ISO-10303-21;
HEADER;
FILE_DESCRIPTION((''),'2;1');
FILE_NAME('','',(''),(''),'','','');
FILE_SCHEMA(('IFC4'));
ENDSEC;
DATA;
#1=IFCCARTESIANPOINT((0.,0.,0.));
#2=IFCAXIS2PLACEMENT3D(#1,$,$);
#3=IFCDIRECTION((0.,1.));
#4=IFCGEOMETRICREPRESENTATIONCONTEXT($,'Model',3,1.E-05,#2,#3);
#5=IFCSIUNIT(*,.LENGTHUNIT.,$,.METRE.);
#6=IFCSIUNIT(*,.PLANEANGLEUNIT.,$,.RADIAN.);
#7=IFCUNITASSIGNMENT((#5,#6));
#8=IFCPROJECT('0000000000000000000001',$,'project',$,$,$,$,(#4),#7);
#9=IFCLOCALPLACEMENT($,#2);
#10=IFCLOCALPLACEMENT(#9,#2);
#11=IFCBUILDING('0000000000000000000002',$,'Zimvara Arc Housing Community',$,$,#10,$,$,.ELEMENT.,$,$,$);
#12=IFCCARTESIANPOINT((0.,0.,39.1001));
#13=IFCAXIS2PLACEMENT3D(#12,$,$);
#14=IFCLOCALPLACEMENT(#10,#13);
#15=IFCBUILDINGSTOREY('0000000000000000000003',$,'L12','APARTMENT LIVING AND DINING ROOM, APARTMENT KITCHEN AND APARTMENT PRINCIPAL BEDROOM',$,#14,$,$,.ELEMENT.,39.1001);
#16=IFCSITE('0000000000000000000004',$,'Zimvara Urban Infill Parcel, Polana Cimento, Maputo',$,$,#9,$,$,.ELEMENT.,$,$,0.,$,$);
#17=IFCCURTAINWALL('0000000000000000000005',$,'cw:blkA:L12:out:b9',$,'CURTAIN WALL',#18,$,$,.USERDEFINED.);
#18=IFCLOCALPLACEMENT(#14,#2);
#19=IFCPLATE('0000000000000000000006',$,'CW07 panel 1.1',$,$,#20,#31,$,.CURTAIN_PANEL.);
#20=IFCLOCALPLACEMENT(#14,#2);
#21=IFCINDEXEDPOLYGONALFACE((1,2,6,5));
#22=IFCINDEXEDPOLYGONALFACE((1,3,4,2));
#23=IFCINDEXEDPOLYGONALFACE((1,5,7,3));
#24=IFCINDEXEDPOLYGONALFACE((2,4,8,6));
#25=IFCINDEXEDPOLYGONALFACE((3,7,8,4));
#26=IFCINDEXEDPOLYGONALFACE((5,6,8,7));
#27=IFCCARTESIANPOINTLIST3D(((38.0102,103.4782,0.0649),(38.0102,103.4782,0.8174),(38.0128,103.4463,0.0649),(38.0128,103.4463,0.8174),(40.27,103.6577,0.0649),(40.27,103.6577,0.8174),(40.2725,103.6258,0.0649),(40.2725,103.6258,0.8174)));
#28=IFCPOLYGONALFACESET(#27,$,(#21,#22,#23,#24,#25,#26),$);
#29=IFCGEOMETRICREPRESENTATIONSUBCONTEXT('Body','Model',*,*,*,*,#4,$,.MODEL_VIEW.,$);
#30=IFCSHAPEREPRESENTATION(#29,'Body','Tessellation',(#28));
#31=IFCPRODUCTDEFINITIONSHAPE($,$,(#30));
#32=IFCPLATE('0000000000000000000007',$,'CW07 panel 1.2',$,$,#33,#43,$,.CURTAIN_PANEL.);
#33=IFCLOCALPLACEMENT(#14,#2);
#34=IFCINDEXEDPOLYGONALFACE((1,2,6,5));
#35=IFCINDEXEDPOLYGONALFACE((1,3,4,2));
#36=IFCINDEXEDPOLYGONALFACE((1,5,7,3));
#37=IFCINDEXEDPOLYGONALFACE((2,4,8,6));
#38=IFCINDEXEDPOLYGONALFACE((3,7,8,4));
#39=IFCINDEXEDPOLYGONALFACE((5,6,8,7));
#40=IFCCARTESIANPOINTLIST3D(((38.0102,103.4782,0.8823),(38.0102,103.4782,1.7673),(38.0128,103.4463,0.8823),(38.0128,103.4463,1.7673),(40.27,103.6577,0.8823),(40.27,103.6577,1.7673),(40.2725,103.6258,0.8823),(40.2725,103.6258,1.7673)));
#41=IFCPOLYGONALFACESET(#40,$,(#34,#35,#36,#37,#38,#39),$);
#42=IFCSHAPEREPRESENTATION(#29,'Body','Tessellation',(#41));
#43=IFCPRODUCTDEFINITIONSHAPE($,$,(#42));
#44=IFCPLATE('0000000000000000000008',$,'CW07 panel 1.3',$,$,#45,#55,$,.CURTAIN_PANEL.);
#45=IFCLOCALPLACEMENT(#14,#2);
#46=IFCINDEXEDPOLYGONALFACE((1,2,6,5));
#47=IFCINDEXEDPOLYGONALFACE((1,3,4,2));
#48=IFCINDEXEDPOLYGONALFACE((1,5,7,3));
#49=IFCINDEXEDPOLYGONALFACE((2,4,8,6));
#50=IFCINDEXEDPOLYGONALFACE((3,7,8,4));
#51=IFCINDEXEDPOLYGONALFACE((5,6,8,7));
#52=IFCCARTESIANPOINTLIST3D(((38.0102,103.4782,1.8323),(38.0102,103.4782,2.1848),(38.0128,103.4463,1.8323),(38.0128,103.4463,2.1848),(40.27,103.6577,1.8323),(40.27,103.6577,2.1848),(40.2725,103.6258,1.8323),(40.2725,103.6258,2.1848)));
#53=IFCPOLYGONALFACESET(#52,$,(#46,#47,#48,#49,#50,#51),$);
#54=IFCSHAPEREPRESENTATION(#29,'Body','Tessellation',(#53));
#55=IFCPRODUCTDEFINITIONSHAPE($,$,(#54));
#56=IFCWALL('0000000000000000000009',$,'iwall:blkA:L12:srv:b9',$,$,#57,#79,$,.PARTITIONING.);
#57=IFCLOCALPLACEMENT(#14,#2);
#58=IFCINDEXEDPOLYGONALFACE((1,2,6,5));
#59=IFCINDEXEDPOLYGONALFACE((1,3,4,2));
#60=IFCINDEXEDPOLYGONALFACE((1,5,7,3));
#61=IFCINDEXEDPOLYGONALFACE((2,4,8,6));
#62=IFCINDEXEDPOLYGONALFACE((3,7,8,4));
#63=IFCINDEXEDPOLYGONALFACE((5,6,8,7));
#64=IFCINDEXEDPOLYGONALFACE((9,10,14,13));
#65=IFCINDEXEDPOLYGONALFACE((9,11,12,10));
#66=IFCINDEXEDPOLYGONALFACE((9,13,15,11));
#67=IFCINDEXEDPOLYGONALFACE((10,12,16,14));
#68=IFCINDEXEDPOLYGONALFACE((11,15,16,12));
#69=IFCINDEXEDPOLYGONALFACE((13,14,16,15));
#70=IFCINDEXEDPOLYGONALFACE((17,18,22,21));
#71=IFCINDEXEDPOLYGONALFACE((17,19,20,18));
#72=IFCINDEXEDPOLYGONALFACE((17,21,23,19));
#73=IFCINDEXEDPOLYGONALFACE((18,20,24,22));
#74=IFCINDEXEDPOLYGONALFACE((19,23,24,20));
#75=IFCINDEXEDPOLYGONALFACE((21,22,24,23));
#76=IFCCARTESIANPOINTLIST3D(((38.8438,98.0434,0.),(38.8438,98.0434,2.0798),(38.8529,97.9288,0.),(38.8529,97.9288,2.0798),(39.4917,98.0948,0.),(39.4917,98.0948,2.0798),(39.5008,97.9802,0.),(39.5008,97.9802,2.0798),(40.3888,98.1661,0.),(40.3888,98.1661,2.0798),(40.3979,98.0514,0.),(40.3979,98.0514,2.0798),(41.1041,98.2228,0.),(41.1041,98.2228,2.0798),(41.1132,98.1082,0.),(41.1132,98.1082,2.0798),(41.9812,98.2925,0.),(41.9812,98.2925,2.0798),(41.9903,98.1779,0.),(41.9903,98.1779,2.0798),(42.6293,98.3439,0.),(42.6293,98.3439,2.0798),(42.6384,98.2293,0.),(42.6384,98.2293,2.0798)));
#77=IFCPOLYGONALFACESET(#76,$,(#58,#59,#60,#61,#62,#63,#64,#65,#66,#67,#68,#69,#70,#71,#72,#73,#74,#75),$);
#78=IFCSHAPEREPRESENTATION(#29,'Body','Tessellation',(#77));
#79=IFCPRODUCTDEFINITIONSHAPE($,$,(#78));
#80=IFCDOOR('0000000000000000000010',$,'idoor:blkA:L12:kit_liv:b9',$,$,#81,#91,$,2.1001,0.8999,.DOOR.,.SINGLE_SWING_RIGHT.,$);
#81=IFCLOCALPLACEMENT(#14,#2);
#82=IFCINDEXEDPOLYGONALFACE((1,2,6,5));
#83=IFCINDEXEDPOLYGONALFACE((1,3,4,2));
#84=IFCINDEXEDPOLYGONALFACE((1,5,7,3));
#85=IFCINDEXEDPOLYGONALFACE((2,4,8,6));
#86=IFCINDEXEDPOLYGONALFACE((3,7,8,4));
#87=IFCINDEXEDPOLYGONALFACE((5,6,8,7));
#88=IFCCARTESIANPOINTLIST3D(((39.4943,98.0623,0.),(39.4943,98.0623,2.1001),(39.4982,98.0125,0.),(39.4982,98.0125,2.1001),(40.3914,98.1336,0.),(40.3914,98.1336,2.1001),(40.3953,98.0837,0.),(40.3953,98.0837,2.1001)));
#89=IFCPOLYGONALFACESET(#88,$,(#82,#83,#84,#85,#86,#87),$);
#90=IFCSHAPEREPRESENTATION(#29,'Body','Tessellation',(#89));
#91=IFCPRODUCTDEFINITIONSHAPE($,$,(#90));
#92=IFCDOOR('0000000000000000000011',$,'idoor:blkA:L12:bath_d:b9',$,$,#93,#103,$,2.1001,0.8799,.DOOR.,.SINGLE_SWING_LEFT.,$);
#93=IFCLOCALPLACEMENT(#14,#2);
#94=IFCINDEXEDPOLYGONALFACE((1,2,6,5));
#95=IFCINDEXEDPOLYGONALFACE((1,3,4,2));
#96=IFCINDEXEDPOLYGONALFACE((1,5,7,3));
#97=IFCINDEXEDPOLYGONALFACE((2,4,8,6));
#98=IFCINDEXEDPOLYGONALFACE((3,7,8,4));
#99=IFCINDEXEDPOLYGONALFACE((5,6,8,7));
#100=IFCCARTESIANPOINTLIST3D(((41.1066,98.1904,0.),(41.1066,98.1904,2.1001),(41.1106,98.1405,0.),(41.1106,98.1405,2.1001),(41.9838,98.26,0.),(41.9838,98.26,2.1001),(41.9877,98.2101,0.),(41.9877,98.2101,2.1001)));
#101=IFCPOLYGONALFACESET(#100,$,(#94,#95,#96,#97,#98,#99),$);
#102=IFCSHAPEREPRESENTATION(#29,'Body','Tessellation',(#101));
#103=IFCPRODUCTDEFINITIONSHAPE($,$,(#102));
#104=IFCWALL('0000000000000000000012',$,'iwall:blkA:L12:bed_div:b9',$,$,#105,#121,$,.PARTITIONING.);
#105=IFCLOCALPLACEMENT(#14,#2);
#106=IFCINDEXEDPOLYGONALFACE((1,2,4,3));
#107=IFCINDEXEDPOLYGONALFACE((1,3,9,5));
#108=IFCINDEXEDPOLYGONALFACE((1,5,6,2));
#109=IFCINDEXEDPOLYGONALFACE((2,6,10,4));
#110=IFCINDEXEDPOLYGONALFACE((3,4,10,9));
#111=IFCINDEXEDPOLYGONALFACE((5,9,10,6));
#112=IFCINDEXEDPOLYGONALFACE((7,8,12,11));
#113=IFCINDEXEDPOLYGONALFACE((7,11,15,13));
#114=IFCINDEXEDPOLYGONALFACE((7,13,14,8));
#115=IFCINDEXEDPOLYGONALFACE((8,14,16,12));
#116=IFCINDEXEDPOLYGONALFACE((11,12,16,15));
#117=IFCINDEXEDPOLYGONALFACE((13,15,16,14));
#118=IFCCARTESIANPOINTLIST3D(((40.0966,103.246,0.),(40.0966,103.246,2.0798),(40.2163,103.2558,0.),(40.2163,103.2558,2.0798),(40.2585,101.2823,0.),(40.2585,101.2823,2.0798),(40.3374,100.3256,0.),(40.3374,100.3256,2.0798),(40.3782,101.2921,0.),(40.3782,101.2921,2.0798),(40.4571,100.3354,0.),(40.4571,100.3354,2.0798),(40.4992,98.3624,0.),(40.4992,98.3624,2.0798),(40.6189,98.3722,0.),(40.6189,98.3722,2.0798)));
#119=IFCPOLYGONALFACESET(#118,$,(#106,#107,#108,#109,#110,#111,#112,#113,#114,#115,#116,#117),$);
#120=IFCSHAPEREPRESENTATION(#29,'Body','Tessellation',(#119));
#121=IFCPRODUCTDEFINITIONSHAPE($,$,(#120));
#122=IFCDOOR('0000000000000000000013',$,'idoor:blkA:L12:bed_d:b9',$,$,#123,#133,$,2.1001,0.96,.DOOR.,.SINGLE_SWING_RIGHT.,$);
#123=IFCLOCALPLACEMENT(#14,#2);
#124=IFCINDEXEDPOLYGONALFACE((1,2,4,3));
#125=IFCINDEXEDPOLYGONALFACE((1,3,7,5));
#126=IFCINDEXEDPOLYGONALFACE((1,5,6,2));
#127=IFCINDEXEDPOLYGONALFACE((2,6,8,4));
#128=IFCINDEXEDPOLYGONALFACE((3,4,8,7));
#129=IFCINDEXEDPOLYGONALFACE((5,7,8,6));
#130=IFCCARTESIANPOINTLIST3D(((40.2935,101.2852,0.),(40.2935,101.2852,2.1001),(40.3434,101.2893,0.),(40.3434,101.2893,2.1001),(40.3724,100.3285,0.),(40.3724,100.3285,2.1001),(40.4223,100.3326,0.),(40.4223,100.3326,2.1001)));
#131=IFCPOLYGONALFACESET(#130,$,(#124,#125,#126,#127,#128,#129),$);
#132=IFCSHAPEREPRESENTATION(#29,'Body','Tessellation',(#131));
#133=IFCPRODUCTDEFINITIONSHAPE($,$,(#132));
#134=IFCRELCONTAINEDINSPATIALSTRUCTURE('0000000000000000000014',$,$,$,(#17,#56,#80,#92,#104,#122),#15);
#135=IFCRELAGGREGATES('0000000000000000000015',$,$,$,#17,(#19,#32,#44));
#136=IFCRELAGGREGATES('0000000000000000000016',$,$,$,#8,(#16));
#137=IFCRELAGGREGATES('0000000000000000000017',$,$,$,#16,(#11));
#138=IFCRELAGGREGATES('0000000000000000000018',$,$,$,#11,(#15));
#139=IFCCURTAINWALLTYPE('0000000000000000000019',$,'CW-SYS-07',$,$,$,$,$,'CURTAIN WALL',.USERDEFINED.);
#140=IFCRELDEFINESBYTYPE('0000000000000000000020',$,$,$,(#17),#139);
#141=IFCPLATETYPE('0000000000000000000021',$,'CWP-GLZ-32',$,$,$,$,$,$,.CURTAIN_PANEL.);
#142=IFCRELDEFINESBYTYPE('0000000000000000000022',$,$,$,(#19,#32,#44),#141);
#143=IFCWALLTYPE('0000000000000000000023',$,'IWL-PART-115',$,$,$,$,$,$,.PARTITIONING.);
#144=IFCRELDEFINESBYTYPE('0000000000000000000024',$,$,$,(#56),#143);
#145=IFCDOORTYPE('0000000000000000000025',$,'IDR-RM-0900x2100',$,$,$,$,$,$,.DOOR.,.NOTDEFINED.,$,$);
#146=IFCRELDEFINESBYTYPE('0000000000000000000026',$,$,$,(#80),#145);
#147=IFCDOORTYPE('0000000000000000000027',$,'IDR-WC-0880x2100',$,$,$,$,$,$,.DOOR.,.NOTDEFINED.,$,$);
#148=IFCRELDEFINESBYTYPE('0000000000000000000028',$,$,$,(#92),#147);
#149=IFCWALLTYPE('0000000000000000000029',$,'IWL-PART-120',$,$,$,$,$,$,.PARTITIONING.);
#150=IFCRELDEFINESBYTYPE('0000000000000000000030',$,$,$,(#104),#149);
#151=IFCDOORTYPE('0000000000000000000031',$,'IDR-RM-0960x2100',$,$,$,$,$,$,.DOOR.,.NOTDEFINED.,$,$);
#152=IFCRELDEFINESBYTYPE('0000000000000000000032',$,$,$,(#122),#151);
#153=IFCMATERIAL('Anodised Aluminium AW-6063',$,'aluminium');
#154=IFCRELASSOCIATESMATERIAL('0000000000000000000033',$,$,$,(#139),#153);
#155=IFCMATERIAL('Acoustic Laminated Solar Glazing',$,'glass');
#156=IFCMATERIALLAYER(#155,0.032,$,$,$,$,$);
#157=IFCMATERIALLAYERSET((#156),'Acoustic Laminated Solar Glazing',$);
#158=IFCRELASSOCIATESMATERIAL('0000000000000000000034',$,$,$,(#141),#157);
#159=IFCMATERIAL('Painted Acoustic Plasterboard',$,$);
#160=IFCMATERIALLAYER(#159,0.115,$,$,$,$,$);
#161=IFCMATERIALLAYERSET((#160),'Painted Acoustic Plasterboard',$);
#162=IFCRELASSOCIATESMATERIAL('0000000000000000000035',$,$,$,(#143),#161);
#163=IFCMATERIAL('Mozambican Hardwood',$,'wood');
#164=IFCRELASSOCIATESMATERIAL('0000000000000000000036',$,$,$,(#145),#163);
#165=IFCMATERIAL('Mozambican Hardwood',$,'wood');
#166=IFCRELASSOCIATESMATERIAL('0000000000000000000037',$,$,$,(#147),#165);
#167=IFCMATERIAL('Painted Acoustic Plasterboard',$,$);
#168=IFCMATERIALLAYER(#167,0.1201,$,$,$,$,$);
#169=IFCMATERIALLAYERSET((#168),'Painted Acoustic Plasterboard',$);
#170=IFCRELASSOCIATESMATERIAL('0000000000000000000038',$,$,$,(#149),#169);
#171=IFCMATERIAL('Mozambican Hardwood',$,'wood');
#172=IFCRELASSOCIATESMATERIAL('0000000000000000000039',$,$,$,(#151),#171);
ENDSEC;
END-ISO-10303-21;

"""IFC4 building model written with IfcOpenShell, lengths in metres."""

from ifc_helpers import new_model, si_unit, direction, frame, frame_2d, origin, origin_2d, place, context, subcontext, project, spatial, rectangle, extrude, material, layer, layer_set, type_object, element, fill, aggregate, save


model = new_model("IFC4")

# Units and contexts
model_context = context("Model", 3, precision=1e-05, world=origin(), true_north=direction((0.0, 1.0)))
body_context = subcontext(model_context, "Body", "Model", "MODEL_VIEW")
ifc_project = project(units=[si_unit("LENGTHUNIT", "METRE"), si_unit("PLANEANGLEUNIT", "RADIAN")], contexts=[model_context])

# Site, building, storey
site_placement = place(None, origin())
site = spatial("IfcSite", under=ifc_project, at=site_placement, Name="Zimvara Urban Infill Parcel, Polana Cimento, Maputo", CompositionType="ELEMENT", RefElevation=0.0)
building_placement = place(site_placement, origin())
building = spatial("IfcBuilding", under=site, at=building_placement, Name="Zimvara Arc Housing Community", CompositionType="ELEMENT")
storey_placement = place(building_placement, frame((0.0, 0.0, 39.1001)))
storey = spatial("IfcBuildingStorey", under=building, at=storey_placement, Name="L12", Description="APARTMENT LIVING AND DINING ROOM, APARTMENT KITCHEN AND APARTMENT PRINCIPAL BEDROOM", CompositionType="ELEMENT", Elevation=39.1001)

# Curtain wall, plates
ifc_material_1 = material(Name="Anodised Aluminium AW-6063", Category="aluminium")
curtain_wall_type = type_object("IfcCurtainWallType", Name="CW-SYS-07", ElementType="CURTAIN WALL", PredefinedType="USERDEFINED", material=ifc_material_1)
curtain_wall_placement = place(storey_placement, origin())
curtain_wall = element("IfcCurtainWall", 1, at=curtain_wall_placement, inside=storey, type_object=curtain_wall_type, Name="cw:blkA:L12:out:b9", ObjectType="CURTAIN WALL", PredefinedType="USERDEFINED")
ifc_material_2 = material(Name="Acoustic Laminated Solar Glazing", Category="glass")
ifc_layer_1 = layer(ifc_material_2, 0.032)
ifc_layer_set_1 = layer_set([ifc_layer_1], Name="Acoustic Laminated Solar Glazing")
plate_type = type_object("IfcPlateType", Name="CWP-GLZ-32", PredefinedType="CURTAIN_PANEL", material=ifc_layer_set_1)
plate_1_placement = place(storey_placement, frame((39.1414, 103.552, 0.0649), z_axis=(0.0, 0.0, 1.0), x_axis=(0.996862, 0.079154, 0.0)))
plate_1 = element("IfcPlate", 2, at=plate_1_placement, type_object=plate_type, Name="CW07 panel 1.1", PredefinedType="CURTAIN_PANEL", context=body_context, shape_type="SweptSolid", body=[
    extrude(rectangle(XDim=2.2668, YDim=0.032, at=origin_2d()), origin(), (0.0, 0.0, 1.0), 0.7524),
])
plate_2_placement = place(storey_placement, frame((39.1414, 103.552, 0.8823), z_axis=(0.0, 0.0, 1.0), x_axis=(0.996862, 0.079154, 0.0)))
plate_2 = element("IfcPlate", 3, at=plate_2_placement, type_object=plate_type, Name="CW07 panel 1.2", PredefinedType="CURTAIN_PANEL", context=body_context, shape_type="SweptSolid", body=[
    extrude(rectangle(XDim=2.2668, YDim=0.032, at=origin_2d()), origin(), (0.0, 0.0, 1.0), 0.885),
])
plate_3_placement = place(storey_placement, frame((39.1414, 103.552, 1.8323), z_axis=(0.0, 0.0, 1.0), x_axis=(0.996862, 0.079154, 0.0)))
plate_3 = element("IfcPlate", 4, at=plate_3_placement, type_object=plate_type, Name="CW07 panel 1.3", PredefinedType="CURTAIN_PANEL", context=body_context, shape_type="SweptSolid", body=[
    extrude(rectangle(XDim=2.2668, YDim=0.032, at=origin_2d()), origin(), (0.0, 0.0, 1.0), 0.3525),
])
aggregate(curtain_wall, [plate_1, plate_2, plate_3])

# Wall, openings, doors
ifc_material_3 = material(Name="Painted Acoustic Plasterboard")
ifc_layer_2 = layer(ifc_material_3, 0.115)
ifc_layer_set_2 = layer_set([ifc_layer_2], Name="Painted Acoustic Plasterboard")
wall_type_1 = type_object("IfcWallType", Name="IWL-PART-115", PredefinedType="PARTITIONING", material=ifc_layer_set_2)
wall_1_placement = place(storey_placement, frame((38.8484, 97.9861, 0.0), z_axis=(0.0, 0.0, 1.0), x_axis=(0.996863, 0.079145, 0.0)))
wall_1 = element("IfcWall", 5, at=wall_1_placement, inside=storey, type_object=wall_type_1, Name="iwall:blkA:L12:srv:b9", PredefinedType="PARTITIONING", context=body_context, shape_type="SweptSolid", body=[
    extrude(rectangle(XDim=3.7974, YDim=0.115, at=frame_2d((1.8987, 0.0))), origin(), (0.0, 0.0, 1.0), 2.0798),
])
opening_1_placement = place(wall_1_placement, frame((0.6499, 0.0, 0.0)))
opening_1 = element("IfcOpeningElement", 6, at=opening_1_placement, cuts=wall_1, PredefinedType="OPENING", context=body_context, shape_type="SweptSolid", body=[
    extrude(rectangle(XDim=0.8999, YDim=2.1001, at=frame_2d((0.45, 1.05))), frame((0.0, 0.0674, 0.0), z_axis=(0.0, -1.0, 0.0), x_axis=(1.0, 0.0, 0.0)), (0.0, 0.0, 1.0), 0.135),
])
opening_2_placement = place(wall_1_placement, frame((2.2673, 0.0, 0.0)))
opening_2 = element("IfcOpeningElement", 7, at=opening_2_placement, cuts=wall_1, PredefinedType="OPENING", context=body_context, shape_type="SweptSolid", body=[
    extrude(rectangle(XDim=0.8799, YDim=2.1001, at=frame_2d((0.4399, 1.05))), frame((0.0, 0.0674, 0.0), z_axis=(0.0, -1.0, 0.0), x_axis=(1.0, 0.0, 0.0)), (0.0, 0.0, 1.0), 0.135),
])
ifc_material_4 = material(Name="Mozambican Hardwood", Category="wood")
door_type_1 = type_object("IfcDoorType", Name="IDR-RM-0900x2100", OperationType="NOTDEFINED", PredefinedType="DOOR", material=ifc_material_4)
door_1_placement = place(opening_1_placement, origin())
door_1 = element("IfcDoor", 8, at=door_1_placement, inside=storey, type_object=door_type_1, Name="idoor:blkA:L12:kit_liv:b9", OperationType="SINGLE_SWING_RIGHT", OverallHeight=2.1001, OverallWidth=0.8999, PredefinedType="DOOR", context=body_context, shape_type="SweptSolid", body=[
    extrude(rectangle(XDim=0.8999, YDim=2.1001, at=frame_2d((0.45, 1.05))), frame((0.0, 0.0249, 0.0), z_axis=(0.0, -1.0, 0.0), x_axis=(1.0, 0.0, 0.0)), (0.0, 0.0, 1.0), 0.05),
])
fill(opening_1, door_1)
ifc_material_5 = material(Name="Mozambican Hardwood", Category="wood")
door_type_2 = type_object("IfcDoorType", Name="IDR-WC-0880x2100", OperationType="NOTDEFINED", PredefinedType="DOOR", material=ifc_material_5)
door_2_placement = place(opening_2_placement, origin())
door_2 = element("IfcDoor", 9, at=door_2_placement, inside=storey, type_object=door_type_2, Name="idoor:blkA:L12:bath_d:b9", OperationType="SINGLE_SWING_LEFT", OverallHeight=2.1001, OverallWidth=0.8799, PredefinedType="DOOR", context=body_context, shape_type="SweptSolid", body=[
    extrude(rectangle(XDim=0.8799, YDim=2.1001, at=frame_2d((0.4399, 1.05))), frame((0.0, 0.0249, 0.0), z_axis=(0.0, -1.0, 0.0), x_axis=(1.0, 0.0, 0.0)), (0.0, 0.0, 1.0), 0.05),
])
fill(opening_2, door_2)

# Wall, opening, door
ifc_material_6 = material(Name="Painted Acoustic Plasterboard")
ifc_layer_3 = layer(ifc_material_6, 0.1201)
ifc_layer_set_3 = layer_set([ifc_layer_3], Name="Painted Acoustic Plasterboard")
wall_type_2 = type_object("IfcWallType", Name="IWL-PART-120", PredefinedType="PARTITIONING", material=ifc_layer_set_3)
wall_2_placement = place(storey_placement, frame((40.5591, 98.3672, 0.0), z_axis=(0.0, 0.0, 1.0), x_axis=(-0.082159, 0.996619, 0.0)))
wall_2 = element("IfcWall", 10, at=wall_2_placement, inside=storey, type_object=wall_type_2, Name="iwall:blkA:L12:bed_div:b9", PredefinedType="PARTITIONING", context=body_context, shape_type="SweptSolid", body=[
    extrude(rectangle(XDim=4.9001, YDim=0.1201, at=frame_2d((2.4502, 0.0))), origin(), (0.0, 0.0, 1.0), 2.0798),
])
opening_3_placement = place(wall_2_placement, frame((1.97, 0.0, 0.0)))
opening_3 = element("IfcOpeningElement", 11, at=opening_3_placement, cuts=wall_2, PredefinedType="OPENING", context=body_context, shape_type="SweptSolid", body=[
    extrude(rectangle(XDim=0.96, YDim=2.1001, at=frame_2d((0.48, 1.05))), frame((0.0, 0.0701, 0.0), z_axis=(0.0, -1.0, 0.0), x_axis=(1.0, 0.0, 0.0)), (0.0, 0.0, 1.0), 0.1401),
])
ifc_material_7 = material(Name="Mozambican Hardwood", Category="wood")
door_type_3 = type_object("IfcDoorType", Name="IDR-RM-0960x2100", OperationType="NOTDEFINED", PredefinedType="DOOR", material=ifc_material_7)
door_3_placement = place(opening_3_placement, origin())
door_3 = element("IfcDoor", 12, at=door_3_placement, inside=storey, type_object=door_type_3, Name="idoor:blkA:L12:bed_d:b9", OperationType="SINGLE_SWING_RIGHT", OverallHeight=2.1001, OverallWidth=0.96, PredefinedType="DOOR", context=body_context, shape_type="SweptSolid", body=[
    extrude(rectangle(XDim=0.96, YDim=2.1001, at=frame_2d((0.48, 1.05))), frame((0.0, 0.0249, 0.0), z_axis=(0.0, -1.0, 0.0), x_axis=(1.0, 0.0, 0.0)), (0.0, 0.0, 1.0), 0.05),
])
fill(opening_3, door_3)

save(model, "model.ifc")
